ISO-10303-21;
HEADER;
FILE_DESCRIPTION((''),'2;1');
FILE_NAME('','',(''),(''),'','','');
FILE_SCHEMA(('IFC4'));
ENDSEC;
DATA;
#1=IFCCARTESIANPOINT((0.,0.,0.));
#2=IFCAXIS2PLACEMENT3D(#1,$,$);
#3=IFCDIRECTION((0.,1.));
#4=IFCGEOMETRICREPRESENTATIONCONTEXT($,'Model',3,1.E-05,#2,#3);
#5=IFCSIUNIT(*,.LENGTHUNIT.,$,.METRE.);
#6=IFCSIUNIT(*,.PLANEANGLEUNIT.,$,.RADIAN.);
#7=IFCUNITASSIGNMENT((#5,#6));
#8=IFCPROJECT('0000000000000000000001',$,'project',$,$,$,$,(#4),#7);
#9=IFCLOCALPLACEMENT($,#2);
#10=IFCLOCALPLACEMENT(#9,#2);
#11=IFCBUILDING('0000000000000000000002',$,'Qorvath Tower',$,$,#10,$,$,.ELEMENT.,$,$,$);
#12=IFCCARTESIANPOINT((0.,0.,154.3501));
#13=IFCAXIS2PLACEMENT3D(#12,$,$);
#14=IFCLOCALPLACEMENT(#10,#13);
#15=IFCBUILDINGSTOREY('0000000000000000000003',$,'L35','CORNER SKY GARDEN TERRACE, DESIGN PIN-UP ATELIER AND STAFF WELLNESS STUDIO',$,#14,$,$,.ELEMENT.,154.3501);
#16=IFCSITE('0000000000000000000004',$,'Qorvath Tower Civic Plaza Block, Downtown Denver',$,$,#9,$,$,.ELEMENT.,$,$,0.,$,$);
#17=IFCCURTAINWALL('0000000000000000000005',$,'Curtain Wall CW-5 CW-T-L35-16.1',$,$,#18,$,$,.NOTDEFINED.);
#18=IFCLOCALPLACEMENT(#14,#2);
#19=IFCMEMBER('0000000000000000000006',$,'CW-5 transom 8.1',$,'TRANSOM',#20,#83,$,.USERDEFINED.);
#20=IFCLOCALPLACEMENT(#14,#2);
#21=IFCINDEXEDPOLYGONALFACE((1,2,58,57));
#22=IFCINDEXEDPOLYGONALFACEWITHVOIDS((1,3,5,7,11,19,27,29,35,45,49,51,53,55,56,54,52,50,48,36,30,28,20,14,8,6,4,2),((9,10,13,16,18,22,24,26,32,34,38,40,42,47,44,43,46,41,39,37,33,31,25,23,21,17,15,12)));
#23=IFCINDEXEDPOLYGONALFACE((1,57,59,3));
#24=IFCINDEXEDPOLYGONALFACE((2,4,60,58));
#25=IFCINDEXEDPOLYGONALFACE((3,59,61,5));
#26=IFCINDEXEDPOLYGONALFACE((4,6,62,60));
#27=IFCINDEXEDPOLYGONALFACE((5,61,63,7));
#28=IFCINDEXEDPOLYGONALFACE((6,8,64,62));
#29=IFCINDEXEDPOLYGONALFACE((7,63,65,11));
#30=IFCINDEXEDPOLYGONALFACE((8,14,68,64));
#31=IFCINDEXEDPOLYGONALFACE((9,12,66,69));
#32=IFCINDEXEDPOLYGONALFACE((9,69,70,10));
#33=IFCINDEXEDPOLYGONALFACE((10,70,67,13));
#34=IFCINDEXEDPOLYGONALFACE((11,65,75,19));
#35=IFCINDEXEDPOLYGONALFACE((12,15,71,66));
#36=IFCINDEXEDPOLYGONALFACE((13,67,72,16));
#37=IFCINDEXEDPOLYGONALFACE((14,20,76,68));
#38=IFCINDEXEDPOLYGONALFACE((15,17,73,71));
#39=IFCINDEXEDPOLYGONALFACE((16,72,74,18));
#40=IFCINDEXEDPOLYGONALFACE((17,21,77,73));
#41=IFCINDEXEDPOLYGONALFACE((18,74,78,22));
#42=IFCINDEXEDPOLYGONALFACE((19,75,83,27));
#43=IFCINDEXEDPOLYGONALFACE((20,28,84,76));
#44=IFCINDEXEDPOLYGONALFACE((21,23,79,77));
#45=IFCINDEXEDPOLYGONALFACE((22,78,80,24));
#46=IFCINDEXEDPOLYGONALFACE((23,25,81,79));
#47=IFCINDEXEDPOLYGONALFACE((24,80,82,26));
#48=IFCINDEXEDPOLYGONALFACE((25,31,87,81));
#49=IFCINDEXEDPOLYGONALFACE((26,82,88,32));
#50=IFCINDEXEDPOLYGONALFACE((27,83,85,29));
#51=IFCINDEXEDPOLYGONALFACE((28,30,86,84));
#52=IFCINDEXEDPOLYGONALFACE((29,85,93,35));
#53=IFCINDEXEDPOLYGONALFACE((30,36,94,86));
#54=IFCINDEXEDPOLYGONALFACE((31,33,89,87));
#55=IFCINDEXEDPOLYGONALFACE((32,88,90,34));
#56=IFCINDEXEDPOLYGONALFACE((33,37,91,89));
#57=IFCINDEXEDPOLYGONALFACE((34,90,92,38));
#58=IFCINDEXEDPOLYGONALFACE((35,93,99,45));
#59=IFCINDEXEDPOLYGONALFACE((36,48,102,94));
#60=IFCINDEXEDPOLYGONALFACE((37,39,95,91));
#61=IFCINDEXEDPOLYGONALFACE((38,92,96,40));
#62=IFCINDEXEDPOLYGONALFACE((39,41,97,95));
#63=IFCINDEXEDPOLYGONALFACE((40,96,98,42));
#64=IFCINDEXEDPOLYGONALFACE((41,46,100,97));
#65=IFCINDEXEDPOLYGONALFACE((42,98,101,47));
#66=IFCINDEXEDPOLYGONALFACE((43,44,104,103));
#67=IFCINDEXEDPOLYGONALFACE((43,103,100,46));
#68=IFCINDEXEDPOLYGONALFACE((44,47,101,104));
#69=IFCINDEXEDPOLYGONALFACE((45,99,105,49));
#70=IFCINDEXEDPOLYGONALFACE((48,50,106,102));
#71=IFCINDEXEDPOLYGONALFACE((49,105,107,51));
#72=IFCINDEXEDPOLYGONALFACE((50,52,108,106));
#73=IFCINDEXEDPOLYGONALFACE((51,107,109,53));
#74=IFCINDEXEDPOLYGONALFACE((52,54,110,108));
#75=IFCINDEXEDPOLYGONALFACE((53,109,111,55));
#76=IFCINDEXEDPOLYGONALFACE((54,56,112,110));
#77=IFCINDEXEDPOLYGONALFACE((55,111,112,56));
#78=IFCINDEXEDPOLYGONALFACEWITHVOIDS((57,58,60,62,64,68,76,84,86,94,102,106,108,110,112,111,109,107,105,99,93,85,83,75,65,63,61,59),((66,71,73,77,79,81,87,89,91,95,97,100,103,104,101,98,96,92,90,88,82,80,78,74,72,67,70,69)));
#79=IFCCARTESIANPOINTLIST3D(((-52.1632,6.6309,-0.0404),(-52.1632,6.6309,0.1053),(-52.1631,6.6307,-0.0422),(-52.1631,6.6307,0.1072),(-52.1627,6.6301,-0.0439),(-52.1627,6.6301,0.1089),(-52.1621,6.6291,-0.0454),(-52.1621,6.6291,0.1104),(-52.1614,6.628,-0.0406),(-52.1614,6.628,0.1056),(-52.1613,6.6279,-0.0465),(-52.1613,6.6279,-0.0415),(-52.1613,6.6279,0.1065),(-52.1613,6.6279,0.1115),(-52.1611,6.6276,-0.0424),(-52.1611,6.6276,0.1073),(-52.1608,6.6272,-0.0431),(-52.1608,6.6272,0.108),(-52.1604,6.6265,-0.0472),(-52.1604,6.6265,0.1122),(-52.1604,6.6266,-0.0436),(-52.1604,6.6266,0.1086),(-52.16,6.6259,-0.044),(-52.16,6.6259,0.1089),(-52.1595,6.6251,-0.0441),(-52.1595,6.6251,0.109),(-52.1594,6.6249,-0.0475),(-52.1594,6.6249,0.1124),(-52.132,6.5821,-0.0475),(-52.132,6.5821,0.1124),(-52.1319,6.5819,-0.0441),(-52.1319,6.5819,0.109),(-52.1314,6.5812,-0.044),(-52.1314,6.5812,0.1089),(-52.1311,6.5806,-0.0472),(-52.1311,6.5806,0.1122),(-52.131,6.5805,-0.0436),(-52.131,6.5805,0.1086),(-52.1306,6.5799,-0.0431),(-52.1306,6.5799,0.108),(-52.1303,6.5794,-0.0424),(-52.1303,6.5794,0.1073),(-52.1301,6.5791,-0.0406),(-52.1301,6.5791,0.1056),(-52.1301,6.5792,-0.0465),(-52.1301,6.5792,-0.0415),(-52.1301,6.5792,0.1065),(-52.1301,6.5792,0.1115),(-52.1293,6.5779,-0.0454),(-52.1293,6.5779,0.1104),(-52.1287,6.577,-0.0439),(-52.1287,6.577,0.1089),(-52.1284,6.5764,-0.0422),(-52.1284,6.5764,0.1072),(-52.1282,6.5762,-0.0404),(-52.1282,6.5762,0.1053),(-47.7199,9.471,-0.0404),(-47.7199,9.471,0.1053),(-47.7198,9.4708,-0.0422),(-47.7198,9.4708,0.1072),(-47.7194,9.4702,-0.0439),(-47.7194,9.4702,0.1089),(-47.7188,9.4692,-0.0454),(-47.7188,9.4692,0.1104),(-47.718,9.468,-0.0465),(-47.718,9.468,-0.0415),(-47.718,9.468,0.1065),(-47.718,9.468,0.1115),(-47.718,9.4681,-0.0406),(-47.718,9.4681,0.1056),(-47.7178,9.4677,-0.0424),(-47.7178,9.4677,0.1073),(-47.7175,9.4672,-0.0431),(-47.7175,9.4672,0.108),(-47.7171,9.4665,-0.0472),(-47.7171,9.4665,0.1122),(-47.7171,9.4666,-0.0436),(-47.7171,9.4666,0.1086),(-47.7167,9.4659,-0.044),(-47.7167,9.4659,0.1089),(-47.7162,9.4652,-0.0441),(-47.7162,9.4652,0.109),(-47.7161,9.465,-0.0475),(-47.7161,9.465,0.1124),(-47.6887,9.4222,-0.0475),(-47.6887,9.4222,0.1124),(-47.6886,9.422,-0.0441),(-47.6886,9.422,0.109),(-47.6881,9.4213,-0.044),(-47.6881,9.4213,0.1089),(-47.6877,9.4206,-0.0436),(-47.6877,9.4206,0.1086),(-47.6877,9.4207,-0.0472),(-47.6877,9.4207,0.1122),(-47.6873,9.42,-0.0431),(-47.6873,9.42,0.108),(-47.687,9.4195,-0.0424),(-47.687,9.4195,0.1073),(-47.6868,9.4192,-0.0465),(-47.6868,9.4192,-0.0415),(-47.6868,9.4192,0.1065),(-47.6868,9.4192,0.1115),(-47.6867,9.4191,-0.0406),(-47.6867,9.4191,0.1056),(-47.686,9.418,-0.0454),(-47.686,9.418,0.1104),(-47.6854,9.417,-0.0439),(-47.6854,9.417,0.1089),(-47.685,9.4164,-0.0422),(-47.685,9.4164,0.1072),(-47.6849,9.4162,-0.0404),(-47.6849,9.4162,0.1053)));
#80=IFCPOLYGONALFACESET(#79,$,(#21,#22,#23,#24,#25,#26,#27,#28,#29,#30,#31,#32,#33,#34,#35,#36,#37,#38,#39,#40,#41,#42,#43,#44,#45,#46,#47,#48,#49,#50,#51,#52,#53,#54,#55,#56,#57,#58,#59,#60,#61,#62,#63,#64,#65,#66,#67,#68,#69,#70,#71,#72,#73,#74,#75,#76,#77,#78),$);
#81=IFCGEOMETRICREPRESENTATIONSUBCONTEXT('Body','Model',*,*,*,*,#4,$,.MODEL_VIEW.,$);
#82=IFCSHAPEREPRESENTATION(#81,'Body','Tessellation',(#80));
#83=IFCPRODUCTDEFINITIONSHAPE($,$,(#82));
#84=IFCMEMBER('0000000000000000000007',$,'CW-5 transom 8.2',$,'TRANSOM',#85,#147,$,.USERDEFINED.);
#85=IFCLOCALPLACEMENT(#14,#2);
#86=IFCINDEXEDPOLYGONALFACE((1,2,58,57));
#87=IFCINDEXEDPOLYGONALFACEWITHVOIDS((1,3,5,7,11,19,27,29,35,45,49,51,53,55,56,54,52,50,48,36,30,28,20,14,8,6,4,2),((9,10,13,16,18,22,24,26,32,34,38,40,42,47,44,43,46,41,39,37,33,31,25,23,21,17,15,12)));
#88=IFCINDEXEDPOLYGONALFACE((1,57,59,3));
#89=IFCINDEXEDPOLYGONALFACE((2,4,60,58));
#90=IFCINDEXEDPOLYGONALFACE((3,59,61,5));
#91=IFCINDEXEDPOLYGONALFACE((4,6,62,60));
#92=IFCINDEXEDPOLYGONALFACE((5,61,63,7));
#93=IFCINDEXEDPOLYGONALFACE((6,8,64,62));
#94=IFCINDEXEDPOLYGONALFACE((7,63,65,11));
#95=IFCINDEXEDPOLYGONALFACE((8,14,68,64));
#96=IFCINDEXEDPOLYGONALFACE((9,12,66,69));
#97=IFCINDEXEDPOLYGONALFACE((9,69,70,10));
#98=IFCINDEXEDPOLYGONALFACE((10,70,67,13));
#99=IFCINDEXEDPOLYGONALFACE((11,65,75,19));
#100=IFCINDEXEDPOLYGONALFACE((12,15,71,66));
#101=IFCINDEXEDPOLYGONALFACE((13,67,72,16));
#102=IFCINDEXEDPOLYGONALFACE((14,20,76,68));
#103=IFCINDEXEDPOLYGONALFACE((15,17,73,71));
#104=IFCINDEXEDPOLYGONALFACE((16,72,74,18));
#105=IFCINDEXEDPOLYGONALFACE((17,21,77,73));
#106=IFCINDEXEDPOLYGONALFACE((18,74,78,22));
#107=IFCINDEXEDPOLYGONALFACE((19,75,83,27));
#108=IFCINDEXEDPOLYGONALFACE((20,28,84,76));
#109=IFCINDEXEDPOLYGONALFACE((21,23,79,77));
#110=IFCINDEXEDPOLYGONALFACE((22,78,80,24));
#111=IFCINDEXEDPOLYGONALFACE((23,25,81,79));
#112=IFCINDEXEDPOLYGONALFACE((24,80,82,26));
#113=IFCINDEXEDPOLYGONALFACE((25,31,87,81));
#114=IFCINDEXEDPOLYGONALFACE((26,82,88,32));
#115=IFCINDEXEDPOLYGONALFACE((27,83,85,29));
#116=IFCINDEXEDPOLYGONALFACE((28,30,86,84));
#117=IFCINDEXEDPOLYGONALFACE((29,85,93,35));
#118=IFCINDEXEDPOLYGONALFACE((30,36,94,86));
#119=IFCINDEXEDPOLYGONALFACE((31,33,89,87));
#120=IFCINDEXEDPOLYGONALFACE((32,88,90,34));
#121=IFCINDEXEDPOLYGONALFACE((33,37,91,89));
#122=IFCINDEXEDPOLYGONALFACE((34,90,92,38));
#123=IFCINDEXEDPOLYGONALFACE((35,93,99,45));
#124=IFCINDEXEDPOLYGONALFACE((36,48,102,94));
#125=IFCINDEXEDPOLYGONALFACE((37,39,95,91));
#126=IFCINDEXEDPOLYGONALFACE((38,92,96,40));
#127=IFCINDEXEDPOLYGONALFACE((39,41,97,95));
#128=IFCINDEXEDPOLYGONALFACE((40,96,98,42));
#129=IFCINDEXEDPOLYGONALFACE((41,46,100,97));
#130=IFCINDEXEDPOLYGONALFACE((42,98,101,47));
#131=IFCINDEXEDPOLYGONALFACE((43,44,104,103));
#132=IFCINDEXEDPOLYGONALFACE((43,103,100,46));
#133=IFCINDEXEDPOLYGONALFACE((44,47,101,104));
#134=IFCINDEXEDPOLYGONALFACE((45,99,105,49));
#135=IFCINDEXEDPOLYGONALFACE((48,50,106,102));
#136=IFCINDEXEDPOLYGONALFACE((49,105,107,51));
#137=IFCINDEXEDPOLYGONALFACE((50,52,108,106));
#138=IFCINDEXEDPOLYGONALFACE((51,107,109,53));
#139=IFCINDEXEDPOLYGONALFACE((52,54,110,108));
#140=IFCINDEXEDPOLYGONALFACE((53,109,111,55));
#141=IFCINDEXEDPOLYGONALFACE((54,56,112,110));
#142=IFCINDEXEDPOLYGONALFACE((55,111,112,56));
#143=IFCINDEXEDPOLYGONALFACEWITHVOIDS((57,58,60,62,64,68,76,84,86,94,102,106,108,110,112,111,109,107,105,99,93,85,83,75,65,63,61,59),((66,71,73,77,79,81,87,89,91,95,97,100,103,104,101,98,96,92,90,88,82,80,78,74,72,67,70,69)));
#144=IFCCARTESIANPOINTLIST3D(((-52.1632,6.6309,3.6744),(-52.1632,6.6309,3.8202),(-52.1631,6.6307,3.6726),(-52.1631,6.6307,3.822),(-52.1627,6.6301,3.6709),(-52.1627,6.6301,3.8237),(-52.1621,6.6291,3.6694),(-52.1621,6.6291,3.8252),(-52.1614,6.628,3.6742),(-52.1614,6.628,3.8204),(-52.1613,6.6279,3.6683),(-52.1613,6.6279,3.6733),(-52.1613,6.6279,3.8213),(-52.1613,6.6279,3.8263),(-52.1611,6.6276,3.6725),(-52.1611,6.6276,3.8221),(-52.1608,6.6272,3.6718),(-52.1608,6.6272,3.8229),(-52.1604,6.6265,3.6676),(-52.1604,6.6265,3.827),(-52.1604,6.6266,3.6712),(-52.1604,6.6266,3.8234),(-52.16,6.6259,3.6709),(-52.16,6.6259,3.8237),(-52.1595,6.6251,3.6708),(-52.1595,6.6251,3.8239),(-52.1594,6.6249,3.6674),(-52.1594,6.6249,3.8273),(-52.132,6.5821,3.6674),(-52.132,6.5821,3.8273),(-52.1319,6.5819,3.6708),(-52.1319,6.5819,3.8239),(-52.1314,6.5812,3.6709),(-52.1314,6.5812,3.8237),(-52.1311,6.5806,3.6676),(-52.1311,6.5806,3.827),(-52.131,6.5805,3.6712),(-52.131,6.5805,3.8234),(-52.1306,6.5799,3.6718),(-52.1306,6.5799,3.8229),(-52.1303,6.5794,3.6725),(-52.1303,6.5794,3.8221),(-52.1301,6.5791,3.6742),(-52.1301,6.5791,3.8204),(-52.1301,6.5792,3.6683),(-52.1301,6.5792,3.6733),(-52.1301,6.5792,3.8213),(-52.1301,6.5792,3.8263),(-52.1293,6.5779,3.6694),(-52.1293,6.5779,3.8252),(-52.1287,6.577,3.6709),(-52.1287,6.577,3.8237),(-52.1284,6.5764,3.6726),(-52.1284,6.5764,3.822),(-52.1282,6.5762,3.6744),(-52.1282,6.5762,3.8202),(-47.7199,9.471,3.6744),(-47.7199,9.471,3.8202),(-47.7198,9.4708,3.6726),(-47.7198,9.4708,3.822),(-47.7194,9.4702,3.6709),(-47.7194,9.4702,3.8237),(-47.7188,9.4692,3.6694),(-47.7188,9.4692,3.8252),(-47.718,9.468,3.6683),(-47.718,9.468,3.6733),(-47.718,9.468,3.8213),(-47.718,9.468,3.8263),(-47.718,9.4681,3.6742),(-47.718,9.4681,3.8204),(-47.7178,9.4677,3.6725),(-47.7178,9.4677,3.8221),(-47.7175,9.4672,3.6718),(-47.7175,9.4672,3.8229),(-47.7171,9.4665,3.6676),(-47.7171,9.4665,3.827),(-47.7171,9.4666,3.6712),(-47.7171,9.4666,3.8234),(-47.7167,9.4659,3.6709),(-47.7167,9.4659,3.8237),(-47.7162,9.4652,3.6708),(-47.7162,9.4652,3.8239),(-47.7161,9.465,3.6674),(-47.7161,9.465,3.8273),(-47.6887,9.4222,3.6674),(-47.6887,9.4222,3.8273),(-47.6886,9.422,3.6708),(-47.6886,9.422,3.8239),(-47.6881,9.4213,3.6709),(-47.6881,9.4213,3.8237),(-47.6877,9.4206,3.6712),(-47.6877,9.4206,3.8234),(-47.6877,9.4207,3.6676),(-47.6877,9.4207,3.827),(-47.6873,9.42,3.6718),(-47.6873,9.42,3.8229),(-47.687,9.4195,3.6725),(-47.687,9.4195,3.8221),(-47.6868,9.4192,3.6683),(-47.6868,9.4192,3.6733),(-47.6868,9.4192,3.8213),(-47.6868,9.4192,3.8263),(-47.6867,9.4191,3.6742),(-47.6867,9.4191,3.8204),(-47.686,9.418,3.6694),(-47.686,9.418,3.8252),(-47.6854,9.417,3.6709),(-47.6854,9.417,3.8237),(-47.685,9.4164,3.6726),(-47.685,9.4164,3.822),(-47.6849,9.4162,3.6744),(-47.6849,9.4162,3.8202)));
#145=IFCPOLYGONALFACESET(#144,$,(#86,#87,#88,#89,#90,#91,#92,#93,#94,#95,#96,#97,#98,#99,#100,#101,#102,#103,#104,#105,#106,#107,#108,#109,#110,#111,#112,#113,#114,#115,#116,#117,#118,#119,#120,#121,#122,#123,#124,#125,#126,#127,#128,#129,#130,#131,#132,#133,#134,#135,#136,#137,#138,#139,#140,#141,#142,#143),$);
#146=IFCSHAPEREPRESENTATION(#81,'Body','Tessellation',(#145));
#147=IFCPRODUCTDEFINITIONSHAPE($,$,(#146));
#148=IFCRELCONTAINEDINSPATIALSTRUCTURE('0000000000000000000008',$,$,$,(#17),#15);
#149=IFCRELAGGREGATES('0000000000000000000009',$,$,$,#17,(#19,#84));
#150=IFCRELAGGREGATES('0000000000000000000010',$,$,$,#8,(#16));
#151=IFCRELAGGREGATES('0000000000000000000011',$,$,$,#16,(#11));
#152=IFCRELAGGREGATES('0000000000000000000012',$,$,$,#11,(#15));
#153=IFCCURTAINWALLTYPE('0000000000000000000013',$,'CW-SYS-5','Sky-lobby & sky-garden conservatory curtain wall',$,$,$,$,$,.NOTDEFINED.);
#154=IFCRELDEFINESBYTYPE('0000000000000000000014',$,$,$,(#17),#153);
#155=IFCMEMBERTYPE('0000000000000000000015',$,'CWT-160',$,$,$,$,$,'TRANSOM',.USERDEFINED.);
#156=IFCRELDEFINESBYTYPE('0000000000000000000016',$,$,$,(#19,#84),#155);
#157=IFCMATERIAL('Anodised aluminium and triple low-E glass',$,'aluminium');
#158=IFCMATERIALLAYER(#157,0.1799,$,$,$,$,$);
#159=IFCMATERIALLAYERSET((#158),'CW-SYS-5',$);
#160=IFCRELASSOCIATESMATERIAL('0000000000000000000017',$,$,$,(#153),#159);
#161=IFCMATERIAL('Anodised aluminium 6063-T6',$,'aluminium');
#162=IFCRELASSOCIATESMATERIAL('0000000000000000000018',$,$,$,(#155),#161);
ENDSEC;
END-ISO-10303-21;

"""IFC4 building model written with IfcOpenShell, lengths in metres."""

from ifc_helpers import new_model, si_unit, direction, frame, origin, origin_2d, place, context, subcontext, project, spatial, hollow_rectangle, extrude, material, layer, layer_set, material_profile, profile_set, type_object, element, aggregate, save


model = new_model("IFC4")

# Units and contexts
model_context = context("Model", 3, precision=1e-05, world=origin(), true_north=direction((0.0, 1.0)))
body_context = subcontext(model_context, "Body", "Model", "MODEL_VIEW")
ifc_project = project(units=[si_unit("LENGTHUNIT", "METRE"), si_unit("PLANEANGLEUNIT", "RADIAN")], contexts=[model_context])

# Site, building, storey
site_placement = place(None, origin())
site = spatial("IfcSite", under=ifc_project, at=site_placement, Name="Qorvath Tower Civic Plaza Block, Downtown Denver", CompositionType="ELEMENT", RefElevation=0.0)
building_placement = place(site_placement, origin())
building = spatial("IfcBuilding", under=site, at=building_placement, Name="Qorvath Tower", CompositionType="ELEMENT")
storey_placement = place(building_placement, frame((0.0, 0.0, 154.3501)))
storey = spatial("IfcBuildingStorey", under=building, at=storey_placement, Name="L35", Description="CORNER SKY GARDEN TERRACE, DESIGN PIN-UP ATELIER AND STAFF WELLNESS STUDIO", CompositionType="ELEMENT", Elevation=154.3501)

# Curtain wall
ifc_material_1 = material(Name="Anodised aluminium and triple low-E glass", Category="aluminium")
ifc_layer_1 = layer(ifc_material_1, 0.1799)
ifc_layer_set_1 = layer_set([ifc_layer_1], Name="CW-SYS-5")
curtain_wall_type = type_object("IfcCurtainWallType", Name="CW-SYS-5", Description="Sky-lobby & sky-garden conservatory curtain wall", PredefinedType="NOTDEFINED", material=ifc_layer_set_1)
curtain_wall_1_placement = place(storey_placement, origin())
curtain_wall_1 = element("IfcCurtainWall", 1, at=curtain_wall_1_placement, inside=storey, type_object=curtain_wall_type, Name="Curtain Wall CW-5 CW-T-L35-16.1", PredefinedType="NOTDEFINED")

# Members
ifc_material_2 = material(Name="Anodised aluminium 6063-T6", Category="aluminium")
ifc_material_profile_1 = material_profile(ifc_material_2, hollow_rectangle(XDim=0.0649, YDim=0.1599, WallThickness=0.0034, InnerFilletRadius=0.0034, OuterFilletRadius=0.0071, at=origin_2d()), Name="CWT 160x65")
ifc_profile_set_1 = profile_set([ifc_material_profile_1], Name="Anodised aluminium 6063-T6")
member_type_1 = type_object("IfcMemberType", Name="CWT-160", ElementType="TRANSOM", PredefinedType="USERDEFINED", material=ifc_profile_set_1)
member_1_placement = place(storey_placement, frame((-47.7024, 9.4436, 0.0325), z_axis=(-0.842587, -0.538561, 0.0), x_axis=(0.538561, -0.842587, 0.0)))
member_1 = element("IfcMember", 2, at=member_1_placement, type_object=member_type_1, Name="CW-5 transom 8.1", ObjectType="TRANSOM", PredefinedType="USERDEFINED", context=body_context, shape_type="SweptSolid", body=[
    extrude(hollow_rectangle(XDim=0.0649, YDim=0.1599, WallThickness=0.0034, InnerFilletRadius=0.0034, OuterFilletRadius=0.0071, at=origin_2d()), origin(), (0.0, 0.0, 1.0), 5.2734),
])
member_2_placement = place(storey_placement, frame((-47.7024, 9.4436, 3.7473), z_axis=(-0.842587, -0.538561, 0.0), x_axis=(0.538561, -0.842587, 0.0)))
member_2 = element("IfcMember", 3, at=member_2_placement, type_object=member_type_1, Name="CW-5 transom 8.2", ObjectType="TRANSOM", PredefinedType="USERDEFINED", context=body_context, shape_type="SweptSolid", body=[
    extrude(hollow_rectangle(XDim=0.0649, YDim=0.1599, WallThickness=0.0034, InnerFilletRadius=0.0034, OuterFilletRadius=0.0071, at=origin_2d()), origin(), (0.0, 0.0, 1.0), 5.2734),
])

aggregate(curtain_wall_1, [member_1, member_2])

save(model, "model.ifc")
